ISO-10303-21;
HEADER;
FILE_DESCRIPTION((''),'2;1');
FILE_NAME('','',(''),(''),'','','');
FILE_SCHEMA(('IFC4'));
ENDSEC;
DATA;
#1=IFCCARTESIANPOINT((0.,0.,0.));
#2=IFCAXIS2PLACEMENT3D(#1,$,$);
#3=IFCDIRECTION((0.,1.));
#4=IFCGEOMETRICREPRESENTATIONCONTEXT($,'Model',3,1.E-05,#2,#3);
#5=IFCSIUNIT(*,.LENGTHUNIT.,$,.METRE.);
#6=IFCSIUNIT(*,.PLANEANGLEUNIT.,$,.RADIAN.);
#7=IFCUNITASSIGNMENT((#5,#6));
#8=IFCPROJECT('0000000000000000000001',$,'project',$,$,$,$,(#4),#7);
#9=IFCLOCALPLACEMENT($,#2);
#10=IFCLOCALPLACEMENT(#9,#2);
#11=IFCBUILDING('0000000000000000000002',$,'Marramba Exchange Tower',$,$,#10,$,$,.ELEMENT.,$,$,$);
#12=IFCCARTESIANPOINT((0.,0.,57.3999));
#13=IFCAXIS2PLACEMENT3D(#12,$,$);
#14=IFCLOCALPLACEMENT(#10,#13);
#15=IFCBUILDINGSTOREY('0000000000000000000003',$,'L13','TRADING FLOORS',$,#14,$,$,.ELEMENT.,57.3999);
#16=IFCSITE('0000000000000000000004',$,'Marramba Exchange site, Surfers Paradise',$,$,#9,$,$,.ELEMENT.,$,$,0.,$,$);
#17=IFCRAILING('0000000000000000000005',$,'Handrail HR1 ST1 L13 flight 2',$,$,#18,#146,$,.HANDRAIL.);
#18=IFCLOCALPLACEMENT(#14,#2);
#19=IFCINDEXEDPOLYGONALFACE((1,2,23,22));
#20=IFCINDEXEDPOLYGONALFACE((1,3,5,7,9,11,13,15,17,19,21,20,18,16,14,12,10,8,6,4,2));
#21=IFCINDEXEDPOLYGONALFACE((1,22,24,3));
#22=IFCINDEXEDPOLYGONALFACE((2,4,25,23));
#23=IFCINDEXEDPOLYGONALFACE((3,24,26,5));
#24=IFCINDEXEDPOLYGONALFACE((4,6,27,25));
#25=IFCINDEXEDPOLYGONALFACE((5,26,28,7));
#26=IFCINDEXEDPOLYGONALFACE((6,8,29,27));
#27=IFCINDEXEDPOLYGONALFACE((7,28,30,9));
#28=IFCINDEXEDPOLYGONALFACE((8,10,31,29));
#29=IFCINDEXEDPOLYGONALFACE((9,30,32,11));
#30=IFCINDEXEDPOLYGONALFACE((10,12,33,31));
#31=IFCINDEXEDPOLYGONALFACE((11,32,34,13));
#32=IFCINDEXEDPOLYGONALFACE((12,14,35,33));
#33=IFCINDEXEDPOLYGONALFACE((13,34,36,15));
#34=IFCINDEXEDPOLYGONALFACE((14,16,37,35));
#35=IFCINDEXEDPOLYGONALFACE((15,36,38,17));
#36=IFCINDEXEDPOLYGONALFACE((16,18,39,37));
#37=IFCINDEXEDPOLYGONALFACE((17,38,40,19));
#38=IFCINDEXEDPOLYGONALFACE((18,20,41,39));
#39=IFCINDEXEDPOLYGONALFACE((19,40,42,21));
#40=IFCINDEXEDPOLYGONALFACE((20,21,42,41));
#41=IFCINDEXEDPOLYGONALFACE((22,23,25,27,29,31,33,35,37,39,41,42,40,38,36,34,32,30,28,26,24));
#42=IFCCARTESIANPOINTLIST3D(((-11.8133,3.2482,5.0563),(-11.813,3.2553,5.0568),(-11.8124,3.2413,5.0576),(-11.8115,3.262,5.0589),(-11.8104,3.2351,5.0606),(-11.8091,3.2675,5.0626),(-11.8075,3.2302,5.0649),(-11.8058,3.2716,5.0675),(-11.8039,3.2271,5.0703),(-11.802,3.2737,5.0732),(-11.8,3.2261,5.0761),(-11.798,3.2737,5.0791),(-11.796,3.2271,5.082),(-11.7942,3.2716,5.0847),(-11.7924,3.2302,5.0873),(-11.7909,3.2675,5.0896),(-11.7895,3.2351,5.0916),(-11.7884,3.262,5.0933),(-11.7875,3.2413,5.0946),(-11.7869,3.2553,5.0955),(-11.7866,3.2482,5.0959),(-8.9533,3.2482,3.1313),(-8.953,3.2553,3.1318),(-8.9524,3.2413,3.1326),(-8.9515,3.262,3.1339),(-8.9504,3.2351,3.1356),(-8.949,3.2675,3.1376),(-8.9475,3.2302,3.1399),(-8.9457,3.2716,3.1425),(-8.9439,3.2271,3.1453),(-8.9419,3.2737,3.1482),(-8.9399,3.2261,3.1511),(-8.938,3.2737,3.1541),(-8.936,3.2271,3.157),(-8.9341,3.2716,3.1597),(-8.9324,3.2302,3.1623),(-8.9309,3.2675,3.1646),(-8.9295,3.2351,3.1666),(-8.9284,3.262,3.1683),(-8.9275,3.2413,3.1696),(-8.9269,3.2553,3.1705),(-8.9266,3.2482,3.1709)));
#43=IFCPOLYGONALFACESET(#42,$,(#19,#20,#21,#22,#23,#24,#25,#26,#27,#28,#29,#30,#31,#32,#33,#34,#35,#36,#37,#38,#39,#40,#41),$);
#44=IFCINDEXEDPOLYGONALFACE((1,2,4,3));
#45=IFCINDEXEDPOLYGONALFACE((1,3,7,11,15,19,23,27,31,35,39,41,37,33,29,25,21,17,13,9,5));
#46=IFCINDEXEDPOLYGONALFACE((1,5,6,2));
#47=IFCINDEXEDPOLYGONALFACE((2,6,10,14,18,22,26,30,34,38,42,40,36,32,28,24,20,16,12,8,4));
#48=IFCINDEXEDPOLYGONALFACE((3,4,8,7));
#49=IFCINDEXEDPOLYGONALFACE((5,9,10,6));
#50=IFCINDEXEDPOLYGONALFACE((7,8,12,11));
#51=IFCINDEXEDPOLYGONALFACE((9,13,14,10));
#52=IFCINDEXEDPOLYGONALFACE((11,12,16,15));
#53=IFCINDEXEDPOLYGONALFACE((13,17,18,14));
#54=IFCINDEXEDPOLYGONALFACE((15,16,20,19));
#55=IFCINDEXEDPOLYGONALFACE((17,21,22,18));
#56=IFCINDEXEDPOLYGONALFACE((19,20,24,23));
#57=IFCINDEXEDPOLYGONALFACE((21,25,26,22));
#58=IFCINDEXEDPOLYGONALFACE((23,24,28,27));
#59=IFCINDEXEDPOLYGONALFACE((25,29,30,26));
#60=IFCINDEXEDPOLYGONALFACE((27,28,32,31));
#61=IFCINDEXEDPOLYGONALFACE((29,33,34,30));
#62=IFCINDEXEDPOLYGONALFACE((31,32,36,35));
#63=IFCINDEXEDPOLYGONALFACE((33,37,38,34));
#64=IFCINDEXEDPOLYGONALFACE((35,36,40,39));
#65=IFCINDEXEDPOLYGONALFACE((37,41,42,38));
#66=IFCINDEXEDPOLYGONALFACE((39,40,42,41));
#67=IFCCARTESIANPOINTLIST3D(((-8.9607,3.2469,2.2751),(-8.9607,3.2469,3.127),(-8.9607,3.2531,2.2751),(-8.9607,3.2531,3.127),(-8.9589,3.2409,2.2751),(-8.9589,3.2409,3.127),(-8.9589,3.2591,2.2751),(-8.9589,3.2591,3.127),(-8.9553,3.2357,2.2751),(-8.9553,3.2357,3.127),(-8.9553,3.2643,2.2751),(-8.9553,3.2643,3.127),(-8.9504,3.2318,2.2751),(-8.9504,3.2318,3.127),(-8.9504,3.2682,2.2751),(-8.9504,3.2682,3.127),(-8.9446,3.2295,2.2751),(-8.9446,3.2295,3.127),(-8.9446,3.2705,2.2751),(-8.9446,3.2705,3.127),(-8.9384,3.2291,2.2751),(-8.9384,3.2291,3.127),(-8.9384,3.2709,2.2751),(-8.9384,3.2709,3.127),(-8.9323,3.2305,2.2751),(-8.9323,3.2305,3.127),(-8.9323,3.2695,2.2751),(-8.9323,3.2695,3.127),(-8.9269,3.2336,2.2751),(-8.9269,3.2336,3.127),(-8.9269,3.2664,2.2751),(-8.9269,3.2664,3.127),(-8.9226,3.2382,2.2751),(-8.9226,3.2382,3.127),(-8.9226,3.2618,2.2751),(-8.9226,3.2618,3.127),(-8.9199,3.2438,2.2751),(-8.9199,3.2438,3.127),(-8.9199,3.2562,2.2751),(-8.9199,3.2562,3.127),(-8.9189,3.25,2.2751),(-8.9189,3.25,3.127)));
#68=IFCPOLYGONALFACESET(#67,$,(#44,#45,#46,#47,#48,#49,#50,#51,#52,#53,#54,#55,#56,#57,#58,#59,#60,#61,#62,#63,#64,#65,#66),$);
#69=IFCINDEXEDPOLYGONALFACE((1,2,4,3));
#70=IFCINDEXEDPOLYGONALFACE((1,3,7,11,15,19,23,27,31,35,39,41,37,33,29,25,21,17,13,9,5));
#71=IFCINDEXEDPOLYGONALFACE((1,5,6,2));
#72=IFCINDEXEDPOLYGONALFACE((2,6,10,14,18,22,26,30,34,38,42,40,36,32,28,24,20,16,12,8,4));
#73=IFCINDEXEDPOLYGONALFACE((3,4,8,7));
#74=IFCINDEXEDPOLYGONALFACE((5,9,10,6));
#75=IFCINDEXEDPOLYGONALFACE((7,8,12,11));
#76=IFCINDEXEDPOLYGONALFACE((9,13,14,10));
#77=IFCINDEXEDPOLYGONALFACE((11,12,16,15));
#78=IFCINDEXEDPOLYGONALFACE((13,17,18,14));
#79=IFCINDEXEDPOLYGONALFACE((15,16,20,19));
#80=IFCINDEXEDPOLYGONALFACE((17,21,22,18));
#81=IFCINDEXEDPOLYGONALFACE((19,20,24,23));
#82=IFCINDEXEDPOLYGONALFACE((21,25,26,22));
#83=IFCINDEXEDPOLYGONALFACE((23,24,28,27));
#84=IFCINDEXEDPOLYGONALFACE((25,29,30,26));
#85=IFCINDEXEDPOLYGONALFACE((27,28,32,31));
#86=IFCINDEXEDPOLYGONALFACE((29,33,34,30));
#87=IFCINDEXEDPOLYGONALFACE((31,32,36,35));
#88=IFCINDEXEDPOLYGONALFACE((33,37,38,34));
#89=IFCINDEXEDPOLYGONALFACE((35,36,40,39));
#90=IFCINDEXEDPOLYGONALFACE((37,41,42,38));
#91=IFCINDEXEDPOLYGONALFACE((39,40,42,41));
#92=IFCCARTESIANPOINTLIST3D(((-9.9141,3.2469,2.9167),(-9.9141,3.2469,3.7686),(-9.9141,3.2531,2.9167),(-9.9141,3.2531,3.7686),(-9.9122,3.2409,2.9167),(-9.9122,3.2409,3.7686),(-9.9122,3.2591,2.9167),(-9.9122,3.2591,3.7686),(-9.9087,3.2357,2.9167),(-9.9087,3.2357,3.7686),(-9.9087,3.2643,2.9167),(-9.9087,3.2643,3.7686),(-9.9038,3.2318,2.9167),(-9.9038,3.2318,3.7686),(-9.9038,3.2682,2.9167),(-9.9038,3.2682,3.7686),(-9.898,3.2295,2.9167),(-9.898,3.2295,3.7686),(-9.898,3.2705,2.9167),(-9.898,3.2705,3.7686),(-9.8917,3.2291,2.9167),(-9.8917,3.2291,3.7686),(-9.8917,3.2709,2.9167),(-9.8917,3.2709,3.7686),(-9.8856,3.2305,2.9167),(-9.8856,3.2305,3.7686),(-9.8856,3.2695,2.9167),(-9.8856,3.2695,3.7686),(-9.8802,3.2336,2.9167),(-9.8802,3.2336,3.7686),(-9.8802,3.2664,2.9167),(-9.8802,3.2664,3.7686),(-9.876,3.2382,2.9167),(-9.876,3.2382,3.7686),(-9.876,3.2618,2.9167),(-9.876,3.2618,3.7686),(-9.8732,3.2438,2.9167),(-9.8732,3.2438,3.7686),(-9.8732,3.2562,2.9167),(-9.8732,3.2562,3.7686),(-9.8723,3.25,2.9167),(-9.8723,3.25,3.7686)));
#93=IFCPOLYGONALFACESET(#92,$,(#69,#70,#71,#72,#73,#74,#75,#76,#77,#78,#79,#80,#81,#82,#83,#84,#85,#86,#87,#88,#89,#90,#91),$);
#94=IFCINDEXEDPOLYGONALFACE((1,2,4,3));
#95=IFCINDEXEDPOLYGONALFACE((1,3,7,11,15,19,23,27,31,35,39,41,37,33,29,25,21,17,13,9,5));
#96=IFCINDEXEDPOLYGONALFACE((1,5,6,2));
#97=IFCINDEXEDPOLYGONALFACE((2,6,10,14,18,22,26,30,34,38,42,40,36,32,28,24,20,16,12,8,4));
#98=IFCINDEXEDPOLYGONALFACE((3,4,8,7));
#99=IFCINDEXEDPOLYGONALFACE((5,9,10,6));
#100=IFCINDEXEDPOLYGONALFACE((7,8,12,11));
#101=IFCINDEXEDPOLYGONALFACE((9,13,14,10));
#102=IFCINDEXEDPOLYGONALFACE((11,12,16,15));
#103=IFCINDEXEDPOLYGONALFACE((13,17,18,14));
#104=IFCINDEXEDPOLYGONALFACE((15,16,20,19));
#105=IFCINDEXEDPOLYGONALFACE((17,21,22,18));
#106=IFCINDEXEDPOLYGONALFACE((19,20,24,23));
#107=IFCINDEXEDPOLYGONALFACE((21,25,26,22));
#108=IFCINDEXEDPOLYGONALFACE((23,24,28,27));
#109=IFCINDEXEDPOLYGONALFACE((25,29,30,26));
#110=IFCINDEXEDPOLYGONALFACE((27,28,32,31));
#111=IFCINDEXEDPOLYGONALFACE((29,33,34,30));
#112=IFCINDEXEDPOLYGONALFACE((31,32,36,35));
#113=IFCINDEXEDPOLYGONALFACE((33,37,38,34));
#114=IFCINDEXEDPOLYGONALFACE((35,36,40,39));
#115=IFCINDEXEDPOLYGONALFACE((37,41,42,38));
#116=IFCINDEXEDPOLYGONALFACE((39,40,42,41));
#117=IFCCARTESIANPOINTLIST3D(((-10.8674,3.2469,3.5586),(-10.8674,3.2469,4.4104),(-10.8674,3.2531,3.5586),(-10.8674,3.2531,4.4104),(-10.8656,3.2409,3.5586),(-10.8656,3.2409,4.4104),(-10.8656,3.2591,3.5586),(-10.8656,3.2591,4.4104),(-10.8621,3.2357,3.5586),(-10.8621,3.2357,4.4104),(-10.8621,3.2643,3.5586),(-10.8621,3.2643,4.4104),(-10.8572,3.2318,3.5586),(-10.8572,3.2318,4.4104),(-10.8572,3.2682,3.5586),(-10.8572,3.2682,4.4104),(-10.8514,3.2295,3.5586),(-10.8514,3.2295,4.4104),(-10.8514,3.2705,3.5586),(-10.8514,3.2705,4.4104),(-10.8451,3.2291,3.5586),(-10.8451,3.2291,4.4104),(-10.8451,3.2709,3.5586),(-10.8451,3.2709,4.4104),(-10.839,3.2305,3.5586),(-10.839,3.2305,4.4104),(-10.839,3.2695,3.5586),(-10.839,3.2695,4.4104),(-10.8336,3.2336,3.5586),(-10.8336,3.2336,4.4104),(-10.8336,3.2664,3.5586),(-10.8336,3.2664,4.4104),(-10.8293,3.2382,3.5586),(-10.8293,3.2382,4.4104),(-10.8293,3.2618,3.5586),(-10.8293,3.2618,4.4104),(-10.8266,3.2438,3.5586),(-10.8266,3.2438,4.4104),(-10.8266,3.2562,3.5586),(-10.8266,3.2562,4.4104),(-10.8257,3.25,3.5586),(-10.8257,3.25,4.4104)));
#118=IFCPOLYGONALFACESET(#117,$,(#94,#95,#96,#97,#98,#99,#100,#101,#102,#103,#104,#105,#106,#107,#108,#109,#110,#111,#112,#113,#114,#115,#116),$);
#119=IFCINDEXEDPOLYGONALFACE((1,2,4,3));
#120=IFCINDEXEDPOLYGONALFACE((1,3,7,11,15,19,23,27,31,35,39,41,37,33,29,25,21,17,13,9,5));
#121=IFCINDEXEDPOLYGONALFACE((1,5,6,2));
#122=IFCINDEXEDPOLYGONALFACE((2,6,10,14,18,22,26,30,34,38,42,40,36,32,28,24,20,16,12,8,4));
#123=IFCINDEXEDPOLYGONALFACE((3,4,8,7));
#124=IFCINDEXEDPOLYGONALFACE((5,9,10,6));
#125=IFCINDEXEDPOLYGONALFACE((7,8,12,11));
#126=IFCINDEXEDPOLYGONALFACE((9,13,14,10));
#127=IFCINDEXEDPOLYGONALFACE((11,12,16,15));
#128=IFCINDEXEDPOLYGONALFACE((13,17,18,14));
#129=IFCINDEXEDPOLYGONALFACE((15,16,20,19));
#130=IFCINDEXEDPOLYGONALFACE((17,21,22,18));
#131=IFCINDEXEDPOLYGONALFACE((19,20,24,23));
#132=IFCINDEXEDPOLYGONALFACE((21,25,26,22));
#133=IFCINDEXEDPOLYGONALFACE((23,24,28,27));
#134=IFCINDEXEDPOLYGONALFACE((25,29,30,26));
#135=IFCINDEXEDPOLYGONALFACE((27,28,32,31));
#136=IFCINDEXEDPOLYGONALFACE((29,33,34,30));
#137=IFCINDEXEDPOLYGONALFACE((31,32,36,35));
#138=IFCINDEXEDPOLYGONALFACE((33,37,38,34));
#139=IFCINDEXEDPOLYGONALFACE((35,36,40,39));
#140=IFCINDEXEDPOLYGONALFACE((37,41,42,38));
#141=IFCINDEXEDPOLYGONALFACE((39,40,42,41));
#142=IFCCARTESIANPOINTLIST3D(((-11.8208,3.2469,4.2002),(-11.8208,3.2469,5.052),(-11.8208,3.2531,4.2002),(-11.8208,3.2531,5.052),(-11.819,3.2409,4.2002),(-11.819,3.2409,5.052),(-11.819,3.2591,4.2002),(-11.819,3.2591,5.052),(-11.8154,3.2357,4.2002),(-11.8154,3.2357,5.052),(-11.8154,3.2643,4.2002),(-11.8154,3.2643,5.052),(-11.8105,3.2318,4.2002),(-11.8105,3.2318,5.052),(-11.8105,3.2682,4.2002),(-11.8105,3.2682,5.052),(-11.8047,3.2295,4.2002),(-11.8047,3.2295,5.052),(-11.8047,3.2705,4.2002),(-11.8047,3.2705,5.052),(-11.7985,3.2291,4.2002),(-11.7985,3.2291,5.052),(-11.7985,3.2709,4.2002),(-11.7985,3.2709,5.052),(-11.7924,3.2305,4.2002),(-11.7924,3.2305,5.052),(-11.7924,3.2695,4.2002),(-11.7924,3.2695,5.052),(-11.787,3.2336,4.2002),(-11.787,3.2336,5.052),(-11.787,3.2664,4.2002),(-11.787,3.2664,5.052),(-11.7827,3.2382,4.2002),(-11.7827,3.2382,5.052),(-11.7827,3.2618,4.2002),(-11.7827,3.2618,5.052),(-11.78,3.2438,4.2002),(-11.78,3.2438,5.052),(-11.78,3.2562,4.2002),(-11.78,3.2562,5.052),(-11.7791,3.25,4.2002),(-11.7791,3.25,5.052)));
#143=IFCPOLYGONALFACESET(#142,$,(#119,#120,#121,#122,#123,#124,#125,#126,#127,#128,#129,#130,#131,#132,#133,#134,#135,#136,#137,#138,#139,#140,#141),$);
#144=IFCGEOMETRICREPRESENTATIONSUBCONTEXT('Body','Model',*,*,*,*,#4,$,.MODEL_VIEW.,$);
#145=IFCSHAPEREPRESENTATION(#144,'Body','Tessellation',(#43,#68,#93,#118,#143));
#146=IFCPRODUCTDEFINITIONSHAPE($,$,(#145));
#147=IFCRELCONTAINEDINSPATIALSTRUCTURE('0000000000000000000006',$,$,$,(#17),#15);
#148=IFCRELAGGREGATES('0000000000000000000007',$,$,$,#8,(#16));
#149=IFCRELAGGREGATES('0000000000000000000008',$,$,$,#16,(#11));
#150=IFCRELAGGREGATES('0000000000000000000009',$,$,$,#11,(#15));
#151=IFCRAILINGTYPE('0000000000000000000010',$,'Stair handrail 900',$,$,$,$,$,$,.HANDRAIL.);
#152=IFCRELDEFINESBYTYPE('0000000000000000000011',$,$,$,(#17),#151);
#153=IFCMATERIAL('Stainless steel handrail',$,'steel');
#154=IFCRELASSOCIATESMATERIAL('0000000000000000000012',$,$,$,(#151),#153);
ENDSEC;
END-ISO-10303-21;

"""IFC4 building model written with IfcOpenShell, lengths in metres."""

from ifc_helpers import new_model, si_unit, direction, frame, origin, origin_2d, place, context, subcontext, project, spatial, circle, extrude, material, type_object, element, save


model = new_model("IFC4")

# Units and contexts
model_context = context("Model", 3, precision=1e-05, world=origin(), true_north=direction((0.0, 1.0)))
body_context = subcontext(model_context, "Body", "Model", "MODEL_VIEW")
ifc_project = project(units=[si_unit("LENGTHUNIT", "METRE"), si_unit("PLANEANGLEUNIT", "RADIAN")], contexts=[model_context])

# Site, building, storey
site_placement = place(None, origin())
site = spatial("IfcSite", under=ifc_project, at=site_placement, Name="Marramba Exchange site, Surfers Paradise", CompositionType="ELEMENT", RefElevation=0.0)
building_placement = place(site_placement, origin())
building = spatial("IfcBuilding", under=site, at=building_placement, Name="Marramba Exchange Tower", CompositionType="ELEMENT")
storey_placement = place(building_placement, frame((0.0, 0.0, 57.3999)))
storey = spatial("IfcBuildingStorey", under=building, at=storey_placement, Name="L13", Description="TRADING FLOORS", CompositionType="ELEMENT", Elevation=57.3999)

# Railing
ifc_material_1 = material(Name="Stainless steel handrail", Category="steel")
railing_type = type_object("IfcRailingType", Name="Stair handrail 900", PredefinedType="HANDRAIL", material=ifc_material_1)
railing_1_placement = place(storey_placement, frame((-8.9399, 3.25, 2.2751)))
element("IfcRailing", 1, at=railing_1_placement, inside=storey, type_object=railing_type, Name="Handrail HR1 ST1 L13 flight 2", PredefinedType="HANDRAIL", context=body_context, shape_type="SweptSolid", body=[
    extrude(circle(Radius=0.0239, at=origin_2d()), frame((0.0, 0.0, 0.876), z_axis=(-0.829591, 0.0, 0.558372), x_axis=(0.0, -1.0, 0.0)), (0.0, 0.0, 1.0), 3.4475),
    extrude(circle(Radius=0.021, at=origin_2d()), origin(), (0.0, 0.0, 1.0), 0.8518),
    extrude(circle(Radius=0.021, at=origin_2d()), frame((-0.9534, 0.0, 0.6416)), (0.0, 0.0, 1.0), 0.8518),
    extrude(circle(Radius=0.021, at=origin_2d()), frame((-1.9067, 0.0, 1.2834)), (0.0, 0.0, 1.0), 0.8518),
    extrude(circle(Radius=0.021, at=origin_2d()), frame((-2.8601, 0.0, 1.925)), (0.0, 0.0, 1.0), 0.8518),
])

save(model, "model.ifc")
